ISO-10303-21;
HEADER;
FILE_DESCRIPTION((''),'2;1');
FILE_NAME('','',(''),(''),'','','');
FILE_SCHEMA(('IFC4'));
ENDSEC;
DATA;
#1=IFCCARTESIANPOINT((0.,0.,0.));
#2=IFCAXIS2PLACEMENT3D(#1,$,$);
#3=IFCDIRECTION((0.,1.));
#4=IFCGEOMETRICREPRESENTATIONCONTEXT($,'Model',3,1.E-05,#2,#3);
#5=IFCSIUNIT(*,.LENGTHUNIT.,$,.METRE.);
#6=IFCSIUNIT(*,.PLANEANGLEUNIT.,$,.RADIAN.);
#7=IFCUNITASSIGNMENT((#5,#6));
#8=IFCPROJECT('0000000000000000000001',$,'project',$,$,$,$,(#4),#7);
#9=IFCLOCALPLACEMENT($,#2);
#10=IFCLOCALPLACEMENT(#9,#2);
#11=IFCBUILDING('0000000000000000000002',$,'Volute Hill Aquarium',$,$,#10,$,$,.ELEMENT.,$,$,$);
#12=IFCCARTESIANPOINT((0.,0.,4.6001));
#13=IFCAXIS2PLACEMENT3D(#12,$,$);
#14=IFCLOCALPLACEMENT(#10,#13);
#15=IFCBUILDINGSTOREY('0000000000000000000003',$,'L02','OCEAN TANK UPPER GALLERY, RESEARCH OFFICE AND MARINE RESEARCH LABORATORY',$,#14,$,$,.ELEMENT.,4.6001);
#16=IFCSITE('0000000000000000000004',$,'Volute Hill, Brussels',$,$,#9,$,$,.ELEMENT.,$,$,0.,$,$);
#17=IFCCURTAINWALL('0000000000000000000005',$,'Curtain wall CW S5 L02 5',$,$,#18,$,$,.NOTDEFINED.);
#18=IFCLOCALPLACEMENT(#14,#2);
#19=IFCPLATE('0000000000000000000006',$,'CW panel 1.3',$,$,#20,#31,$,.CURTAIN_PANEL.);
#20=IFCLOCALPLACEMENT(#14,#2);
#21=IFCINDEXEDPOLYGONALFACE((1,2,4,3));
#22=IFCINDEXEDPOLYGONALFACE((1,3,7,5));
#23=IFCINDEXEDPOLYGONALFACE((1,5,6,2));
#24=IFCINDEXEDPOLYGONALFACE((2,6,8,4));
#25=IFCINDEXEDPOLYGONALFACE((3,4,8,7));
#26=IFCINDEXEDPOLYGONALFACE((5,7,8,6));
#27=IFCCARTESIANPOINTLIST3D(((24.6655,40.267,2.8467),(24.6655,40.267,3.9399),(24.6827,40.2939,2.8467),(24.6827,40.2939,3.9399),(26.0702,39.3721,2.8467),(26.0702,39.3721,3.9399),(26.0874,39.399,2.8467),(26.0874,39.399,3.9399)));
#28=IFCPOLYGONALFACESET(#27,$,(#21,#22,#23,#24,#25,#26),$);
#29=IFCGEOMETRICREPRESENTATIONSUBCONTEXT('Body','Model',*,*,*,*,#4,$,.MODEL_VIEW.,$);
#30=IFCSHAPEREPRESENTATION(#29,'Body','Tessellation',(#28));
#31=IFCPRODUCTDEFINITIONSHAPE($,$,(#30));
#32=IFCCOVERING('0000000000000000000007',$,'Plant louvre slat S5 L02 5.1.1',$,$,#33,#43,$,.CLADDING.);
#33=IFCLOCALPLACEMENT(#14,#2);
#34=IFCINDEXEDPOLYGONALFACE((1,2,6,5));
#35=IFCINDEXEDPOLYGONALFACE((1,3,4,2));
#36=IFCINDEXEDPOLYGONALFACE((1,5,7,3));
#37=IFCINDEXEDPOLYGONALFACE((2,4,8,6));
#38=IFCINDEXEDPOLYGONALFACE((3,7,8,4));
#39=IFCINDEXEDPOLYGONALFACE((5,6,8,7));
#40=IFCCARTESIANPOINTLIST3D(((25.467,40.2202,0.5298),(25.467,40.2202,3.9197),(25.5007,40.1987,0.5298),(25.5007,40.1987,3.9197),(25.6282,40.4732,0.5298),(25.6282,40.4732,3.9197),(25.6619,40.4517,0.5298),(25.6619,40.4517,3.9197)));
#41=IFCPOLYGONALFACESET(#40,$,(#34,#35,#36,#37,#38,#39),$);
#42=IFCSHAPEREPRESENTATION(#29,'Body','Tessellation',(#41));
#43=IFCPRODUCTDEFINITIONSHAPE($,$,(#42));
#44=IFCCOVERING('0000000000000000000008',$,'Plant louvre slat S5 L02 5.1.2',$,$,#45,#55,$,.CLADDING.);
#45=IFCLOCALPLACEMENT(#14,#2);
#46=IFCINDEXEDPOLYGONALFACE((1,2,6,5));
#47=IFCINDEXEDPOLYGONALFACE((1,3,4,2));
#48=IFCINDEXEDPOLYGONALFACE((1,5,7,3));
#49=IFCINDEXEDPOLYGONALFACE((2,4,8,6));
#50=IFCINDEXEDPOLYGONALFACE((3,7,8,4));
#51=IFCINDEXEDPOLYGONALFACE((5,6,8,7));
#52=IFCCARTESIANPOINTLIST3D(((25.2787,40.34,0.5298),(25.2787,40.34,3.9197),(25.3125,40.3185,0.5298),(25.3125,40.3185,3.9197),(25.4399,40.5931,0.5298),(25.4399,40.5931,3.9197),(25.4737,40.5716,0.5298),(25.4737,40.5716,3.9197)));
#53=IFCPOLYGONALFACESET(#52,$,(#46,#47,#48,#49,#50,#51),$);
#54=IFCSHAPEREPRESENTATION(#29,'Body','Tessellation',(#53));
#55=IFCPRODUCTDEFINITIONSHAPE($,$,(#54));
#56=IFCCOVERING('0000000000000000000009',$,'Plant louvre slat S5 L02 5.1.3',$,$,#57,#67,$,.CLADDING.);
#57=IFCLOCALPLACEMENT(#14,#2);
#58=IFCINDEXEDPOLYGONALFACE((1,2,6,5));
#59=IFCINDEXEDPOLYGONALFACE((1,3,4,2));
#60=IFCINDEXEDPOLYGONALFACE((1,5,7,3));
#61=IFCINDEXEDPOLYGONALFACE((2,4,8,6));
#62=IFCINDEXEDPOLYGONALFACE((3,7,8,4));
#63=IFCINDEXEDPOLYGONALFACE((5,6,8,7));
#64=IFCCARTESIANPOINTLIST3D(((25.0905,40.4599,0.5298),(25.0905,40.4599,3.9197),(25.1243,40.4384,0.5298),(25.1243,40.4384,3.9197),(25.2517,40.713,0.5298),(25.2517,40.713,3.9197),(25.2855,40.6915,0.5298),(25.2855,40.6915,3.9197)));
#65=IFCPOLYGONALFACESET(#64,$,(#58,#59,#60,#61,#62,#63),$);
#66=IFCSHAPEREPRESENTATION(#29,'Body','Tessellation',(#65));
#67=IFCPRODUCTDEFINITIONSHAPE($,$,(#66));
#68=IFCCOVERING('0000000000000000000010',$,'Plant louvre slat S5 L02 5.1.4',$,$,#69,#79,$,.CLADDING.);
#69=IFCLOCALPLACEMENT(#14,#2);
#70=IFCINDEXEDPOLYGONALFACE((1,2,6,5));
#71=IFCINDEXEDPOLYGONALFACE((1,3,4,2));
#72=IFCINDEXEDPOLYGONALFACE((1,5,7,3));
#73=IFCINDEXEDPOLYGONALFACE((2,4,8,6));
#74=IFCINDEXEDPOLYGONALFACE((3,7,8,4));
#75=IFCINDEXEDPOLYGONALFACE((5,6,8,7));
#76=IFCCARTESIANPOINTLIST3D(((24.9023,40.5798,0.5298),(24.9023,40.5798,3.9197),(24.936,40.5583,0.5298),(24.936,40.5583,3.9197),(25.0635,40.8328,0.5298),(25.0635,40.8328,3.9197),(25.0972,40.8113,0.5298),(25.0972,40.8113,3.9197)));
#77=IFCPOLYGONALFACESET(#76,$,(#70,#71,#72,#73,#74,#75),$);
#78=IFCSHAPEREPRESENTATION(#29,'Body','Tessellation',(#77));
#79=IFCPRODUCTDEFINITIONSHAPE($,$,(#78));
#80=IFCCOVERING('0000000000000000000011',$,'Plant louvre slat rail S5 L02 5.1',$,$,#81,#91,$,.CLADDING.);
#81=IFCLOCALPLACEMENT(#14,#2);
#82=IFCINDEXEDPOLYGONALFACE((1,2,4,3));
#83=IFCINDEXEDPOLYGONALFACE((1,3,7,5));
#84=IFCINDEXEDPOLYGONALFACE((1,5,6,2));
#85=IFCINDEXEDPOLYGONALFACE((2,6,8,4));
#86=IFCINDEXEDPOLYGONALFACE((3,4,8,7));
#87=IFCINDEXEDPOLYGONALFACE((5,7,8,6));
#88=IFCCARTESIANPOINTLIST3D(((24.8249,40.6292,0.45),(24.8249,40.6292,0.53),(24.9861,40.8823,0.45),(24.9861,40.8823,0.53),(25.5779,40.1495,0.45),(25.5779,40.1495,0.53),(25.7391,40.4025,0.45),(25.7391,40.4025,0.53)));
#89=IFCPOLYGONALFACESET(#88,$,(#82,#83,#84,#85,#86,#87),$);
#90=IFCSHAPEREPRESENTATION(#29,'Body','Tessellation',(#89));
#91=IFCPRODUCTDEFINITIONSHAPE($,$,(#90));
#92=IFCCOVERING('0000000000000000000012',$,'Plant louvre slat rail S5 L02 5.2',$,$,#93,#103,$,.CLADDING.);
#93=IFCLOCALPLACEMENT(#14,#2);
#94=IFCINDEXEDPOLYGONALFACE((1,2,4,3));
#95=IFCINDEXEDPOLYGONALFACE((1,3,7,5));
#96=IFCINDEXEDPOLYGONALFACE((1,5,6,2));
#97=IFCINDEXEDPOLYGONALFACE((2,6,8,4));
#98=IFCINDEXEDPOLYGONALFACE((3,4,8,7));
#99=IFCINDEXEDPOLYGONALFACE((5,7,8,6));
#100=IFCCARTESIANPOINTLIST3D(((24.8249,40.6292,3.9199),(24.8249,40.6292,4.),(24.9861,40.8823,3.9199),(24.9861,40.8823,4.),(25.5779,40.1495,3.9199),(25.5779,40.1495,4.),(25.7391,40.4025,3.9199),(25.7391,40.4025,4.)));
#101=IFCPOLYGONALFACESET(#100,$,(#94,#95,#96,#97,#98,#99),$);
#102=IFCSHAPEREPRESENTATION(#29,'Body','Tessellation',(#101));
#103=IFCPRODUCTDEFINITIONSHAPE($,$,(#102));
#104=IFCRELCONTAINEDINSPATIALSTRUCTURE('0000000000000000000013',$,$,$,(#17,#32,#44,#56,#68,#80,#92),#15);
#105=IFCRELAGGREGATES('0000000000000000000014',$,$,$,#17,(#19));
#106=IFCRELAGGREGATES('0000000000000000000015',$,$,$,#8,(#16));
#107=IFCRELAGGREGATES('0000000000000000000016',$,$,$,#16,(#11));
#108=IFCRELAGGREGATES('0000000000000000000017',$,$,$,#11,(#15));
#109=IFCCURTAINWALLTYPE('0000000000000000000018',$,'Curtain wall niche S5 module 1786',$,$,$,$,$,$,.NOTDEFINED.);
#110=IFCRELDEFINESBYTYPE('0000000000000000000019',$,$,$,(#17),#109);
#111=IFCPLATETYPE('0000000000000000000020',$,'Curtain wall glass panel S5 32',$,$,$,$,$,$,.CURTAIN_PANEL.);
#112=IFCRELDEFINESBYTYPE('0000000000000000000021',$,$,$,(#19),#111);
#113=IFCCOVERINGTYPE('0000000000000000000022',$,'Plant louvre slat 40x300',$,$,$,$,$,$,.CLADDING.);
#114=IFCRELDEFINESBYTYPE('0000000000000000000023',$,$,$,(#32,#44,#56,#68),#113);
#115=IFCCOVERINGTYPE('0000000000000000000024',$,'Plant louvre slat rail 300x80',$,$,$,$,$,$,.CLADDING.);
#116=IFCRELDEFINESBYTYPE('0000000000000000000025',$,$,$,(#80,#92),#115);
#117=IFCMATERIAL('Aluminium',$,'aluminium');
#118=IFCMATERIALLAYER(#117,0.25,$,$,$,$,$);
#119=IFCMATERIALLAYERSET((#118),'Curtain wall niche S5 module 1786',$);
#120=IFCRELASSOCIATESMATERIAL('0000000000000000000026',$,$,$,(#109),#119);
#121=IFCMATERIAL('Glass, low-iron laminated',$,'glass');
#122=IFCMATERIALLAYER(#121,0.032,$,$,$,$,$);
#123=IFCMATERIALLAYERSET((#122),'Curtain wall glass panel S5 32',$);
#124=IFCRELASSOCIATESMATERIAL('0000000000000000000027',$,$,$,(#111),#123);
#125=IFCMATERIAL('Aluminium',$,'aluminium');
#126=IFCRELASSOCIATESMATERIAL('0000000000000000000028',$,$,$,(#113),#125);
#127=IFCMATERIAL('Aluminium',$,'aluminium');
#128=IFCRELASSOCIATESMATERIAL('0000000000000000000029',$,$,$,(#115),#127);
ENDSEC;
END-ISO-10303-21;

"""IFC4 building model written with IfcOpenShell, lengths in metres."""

from ifc_helpers import new_model, si_unit, direction, frame, origin, origin_2d, place, context, subcontext, project, spatial, rectangle, extrude, material, layer, layer_set, type_object, element, aggregate, save


model = new_model("IFC4")

# Units and contexts
model_context = context("Model", 3, precision=1e-05, world=origin(), true_north=direction((0.0, 1.0)))
body_context = subcontext(model_context, "Body", "Model", "MODEL_VIEW")
ifc_project = project(units=[si_unit("LENGTHUNIT", "METRE"), si_unit("PLANEANGLEUNIT", "RADIAN")], contexts=[model_context])

# Site, building, storey
site_placement = place(None, origin())
site = spatial("IfcSite", under=ifc_project, at=site_placement, Name="Volute Hill, Brussels", CompositionType="ELEMENT", RefElevation=0.0)
building_placement = place(site_placement, origin())
building = spatial("IfcBuilding", under=site, at=building_placement, Name="Volute Hill Aquarium", CompositionType="ELEMENT")
storey_placement = place(building_placement, frame((0.0, 0.0, 4.6001)))
storey = spatial("IfcBuildingStorey", under=building, at=storey_placement, Name="L02", Description="OCEAN TANK UPPER GALLERY, RESEARCH OFFICE AND MARINE RESEARCH LABORATORY", CompositionType="ELEMENT", Elevation=4.6001)

# Curtain wall
ifc_material_1 = material(Name="Aluminium", Category="aluminium")
ifc_layer_1 = layer(ifc_material_1, 0.25)
ifc_layer_set_1 = layer_set([ifc_layer_1], Name="Curtain wall niche S5 module 1786")
curtain_wall_type = type_object("IfcCurtainWallType", Name="Curtain wall niche S5 module 1786", PredefinedType="NOTDEFINED", material=ifc_layer_set_1)
curtain_wall_1_placement = place(storey_placement, origin())
curtain_wall_1 = element("IfcCurtainWall", 1, at=curtain_wall_1_placement, inside=storey, type_object=curtain_wall_type, Name="Curtain wall CW S5 L02 5", PredefinedType="NOTDEFINED")

# Plate
ifc_material_2 = material(Name="Glass, low-iron laminated", Category="glass")
ifc_layer_2 = layer(ifc_material_2, 0.032)
ifc_layer_set_2 = layer_set([ifc_layer_2], Name="Curtain wall glass panel S5 32")
plate_type = type_object("IfcPlateType", Name="Curtain wall glass panel S5 32", PredefinedType="CURTAIN_PANEL", material=ifc_layer_set_2)
plate_1_placement = place(storey_placement, frame((25.3765, 39.833, 2.8467), z_axis=(0.0, 0.0, 1.0), x_axis=(-0.843385, 0.53731, 0.0)))
plate_1 = element("IfcPlate", 2, at=plate_1_placement, type_object=plate_type, Name="CW panel 1.3", PredefinedType="CURTAIN_PANEL", context=body_context, shape_type="SweptSolid", body=[
    extrude(rectangle(XDim=1.6655, YDim=0.032, at=origin_2d()), origin(), (0.0, 0.0, 1.0), 1.0933),
])
aggregate(curtain_wall_1, [plate_1])

# Coverings
ifc_material_3 = material(Name="Aluminium", Category="aluminium")
covering_type_1 = type_object("IfcCoveringType", Name="Plant louvre slat 40x300", PredefinedType="CLADDING", material=ifc_material_3)
for number, where, z_axis, x_axis, name in (
    (3, (25.5645, 40.3359, 0.5298), (0.0, 0.0, 1.0), (-0.843386, 0.537309, 0.0), "Plant louvre slat S5 L02 5.1.1"),
    (4, (25.3762, 40.4558, 0.5298), (0.0, 0.0, 1.0), (-0.843386, 0.537309, 0.0), "Plant louvre slat S5 L02 5.1.2"),
    (5, (25.188, 40.5757, 0.5298), (0.0, 0.0, 1.0), (-0.843386, 0.537309, 0.0), "Plant louvre slat S5 L02 5.1.3"),
    (6, (24.9998, 40.6956, 0.5298), (0.0, 0.0, 1.0), (-0.843386, 0.537309, 0.0), "Plant louvre slat S5 L02 5.1.4"),
):
    element("IfcCovering", number, at=place(storey_placement, frame(where, z_axis=z_axis, x_axis=x_axis)), inside=storey, type_object=covering_type_1, Name=name, PredefinedType="CLADDING", context=body_context, shape_type="SweptSolid", body=[
        extrude(rectangle(XDim=0.04, YDim=0.3, at=origin_2d()), origin(), (0.0, 0.0, 1.0), 3.3899),
    ])
ifc_material_4 = material(Name="Aluminium", Category="aluminium")
covering_type_2 = type_object("IfcCoveringType", Name="Plant louvre slat rail 300x80", PredefinedType="CLADDING", material=ifc_material_4)
for number, where, z_axis, x_axis, name in (
    (7, (25.282, 40.5159, 0.45), (0.0, 0.0, 1.0), (-0.843386, 0.537309, 0.0), "Plant louvre slat rail S5 L02 5.1"),
    (8, (25.282, 40.5159, 3.9199), (0.0, 0.0, 1.0), (-0.843386, 0.537309, 0.0), "Plant louvre slat rail S5 L02 5.2"),
):
    element("IfcCovering", number, at=place(storey_placement, frame(where, z_axis=z_axis, x_axis=x_axis)), inside=storey, type_object=covering_type_2, Name=name, PredefinedType="CLADDING", context=body_context, shape_type="SweptSolid", body=[
        extrude(rectangle(XDim=0.8928, YDim=0.3, at=origin_2d()), origin(), (0.0, 0.0, 1.0), 0.0801),
    ])

save(model, "model.ifc")
